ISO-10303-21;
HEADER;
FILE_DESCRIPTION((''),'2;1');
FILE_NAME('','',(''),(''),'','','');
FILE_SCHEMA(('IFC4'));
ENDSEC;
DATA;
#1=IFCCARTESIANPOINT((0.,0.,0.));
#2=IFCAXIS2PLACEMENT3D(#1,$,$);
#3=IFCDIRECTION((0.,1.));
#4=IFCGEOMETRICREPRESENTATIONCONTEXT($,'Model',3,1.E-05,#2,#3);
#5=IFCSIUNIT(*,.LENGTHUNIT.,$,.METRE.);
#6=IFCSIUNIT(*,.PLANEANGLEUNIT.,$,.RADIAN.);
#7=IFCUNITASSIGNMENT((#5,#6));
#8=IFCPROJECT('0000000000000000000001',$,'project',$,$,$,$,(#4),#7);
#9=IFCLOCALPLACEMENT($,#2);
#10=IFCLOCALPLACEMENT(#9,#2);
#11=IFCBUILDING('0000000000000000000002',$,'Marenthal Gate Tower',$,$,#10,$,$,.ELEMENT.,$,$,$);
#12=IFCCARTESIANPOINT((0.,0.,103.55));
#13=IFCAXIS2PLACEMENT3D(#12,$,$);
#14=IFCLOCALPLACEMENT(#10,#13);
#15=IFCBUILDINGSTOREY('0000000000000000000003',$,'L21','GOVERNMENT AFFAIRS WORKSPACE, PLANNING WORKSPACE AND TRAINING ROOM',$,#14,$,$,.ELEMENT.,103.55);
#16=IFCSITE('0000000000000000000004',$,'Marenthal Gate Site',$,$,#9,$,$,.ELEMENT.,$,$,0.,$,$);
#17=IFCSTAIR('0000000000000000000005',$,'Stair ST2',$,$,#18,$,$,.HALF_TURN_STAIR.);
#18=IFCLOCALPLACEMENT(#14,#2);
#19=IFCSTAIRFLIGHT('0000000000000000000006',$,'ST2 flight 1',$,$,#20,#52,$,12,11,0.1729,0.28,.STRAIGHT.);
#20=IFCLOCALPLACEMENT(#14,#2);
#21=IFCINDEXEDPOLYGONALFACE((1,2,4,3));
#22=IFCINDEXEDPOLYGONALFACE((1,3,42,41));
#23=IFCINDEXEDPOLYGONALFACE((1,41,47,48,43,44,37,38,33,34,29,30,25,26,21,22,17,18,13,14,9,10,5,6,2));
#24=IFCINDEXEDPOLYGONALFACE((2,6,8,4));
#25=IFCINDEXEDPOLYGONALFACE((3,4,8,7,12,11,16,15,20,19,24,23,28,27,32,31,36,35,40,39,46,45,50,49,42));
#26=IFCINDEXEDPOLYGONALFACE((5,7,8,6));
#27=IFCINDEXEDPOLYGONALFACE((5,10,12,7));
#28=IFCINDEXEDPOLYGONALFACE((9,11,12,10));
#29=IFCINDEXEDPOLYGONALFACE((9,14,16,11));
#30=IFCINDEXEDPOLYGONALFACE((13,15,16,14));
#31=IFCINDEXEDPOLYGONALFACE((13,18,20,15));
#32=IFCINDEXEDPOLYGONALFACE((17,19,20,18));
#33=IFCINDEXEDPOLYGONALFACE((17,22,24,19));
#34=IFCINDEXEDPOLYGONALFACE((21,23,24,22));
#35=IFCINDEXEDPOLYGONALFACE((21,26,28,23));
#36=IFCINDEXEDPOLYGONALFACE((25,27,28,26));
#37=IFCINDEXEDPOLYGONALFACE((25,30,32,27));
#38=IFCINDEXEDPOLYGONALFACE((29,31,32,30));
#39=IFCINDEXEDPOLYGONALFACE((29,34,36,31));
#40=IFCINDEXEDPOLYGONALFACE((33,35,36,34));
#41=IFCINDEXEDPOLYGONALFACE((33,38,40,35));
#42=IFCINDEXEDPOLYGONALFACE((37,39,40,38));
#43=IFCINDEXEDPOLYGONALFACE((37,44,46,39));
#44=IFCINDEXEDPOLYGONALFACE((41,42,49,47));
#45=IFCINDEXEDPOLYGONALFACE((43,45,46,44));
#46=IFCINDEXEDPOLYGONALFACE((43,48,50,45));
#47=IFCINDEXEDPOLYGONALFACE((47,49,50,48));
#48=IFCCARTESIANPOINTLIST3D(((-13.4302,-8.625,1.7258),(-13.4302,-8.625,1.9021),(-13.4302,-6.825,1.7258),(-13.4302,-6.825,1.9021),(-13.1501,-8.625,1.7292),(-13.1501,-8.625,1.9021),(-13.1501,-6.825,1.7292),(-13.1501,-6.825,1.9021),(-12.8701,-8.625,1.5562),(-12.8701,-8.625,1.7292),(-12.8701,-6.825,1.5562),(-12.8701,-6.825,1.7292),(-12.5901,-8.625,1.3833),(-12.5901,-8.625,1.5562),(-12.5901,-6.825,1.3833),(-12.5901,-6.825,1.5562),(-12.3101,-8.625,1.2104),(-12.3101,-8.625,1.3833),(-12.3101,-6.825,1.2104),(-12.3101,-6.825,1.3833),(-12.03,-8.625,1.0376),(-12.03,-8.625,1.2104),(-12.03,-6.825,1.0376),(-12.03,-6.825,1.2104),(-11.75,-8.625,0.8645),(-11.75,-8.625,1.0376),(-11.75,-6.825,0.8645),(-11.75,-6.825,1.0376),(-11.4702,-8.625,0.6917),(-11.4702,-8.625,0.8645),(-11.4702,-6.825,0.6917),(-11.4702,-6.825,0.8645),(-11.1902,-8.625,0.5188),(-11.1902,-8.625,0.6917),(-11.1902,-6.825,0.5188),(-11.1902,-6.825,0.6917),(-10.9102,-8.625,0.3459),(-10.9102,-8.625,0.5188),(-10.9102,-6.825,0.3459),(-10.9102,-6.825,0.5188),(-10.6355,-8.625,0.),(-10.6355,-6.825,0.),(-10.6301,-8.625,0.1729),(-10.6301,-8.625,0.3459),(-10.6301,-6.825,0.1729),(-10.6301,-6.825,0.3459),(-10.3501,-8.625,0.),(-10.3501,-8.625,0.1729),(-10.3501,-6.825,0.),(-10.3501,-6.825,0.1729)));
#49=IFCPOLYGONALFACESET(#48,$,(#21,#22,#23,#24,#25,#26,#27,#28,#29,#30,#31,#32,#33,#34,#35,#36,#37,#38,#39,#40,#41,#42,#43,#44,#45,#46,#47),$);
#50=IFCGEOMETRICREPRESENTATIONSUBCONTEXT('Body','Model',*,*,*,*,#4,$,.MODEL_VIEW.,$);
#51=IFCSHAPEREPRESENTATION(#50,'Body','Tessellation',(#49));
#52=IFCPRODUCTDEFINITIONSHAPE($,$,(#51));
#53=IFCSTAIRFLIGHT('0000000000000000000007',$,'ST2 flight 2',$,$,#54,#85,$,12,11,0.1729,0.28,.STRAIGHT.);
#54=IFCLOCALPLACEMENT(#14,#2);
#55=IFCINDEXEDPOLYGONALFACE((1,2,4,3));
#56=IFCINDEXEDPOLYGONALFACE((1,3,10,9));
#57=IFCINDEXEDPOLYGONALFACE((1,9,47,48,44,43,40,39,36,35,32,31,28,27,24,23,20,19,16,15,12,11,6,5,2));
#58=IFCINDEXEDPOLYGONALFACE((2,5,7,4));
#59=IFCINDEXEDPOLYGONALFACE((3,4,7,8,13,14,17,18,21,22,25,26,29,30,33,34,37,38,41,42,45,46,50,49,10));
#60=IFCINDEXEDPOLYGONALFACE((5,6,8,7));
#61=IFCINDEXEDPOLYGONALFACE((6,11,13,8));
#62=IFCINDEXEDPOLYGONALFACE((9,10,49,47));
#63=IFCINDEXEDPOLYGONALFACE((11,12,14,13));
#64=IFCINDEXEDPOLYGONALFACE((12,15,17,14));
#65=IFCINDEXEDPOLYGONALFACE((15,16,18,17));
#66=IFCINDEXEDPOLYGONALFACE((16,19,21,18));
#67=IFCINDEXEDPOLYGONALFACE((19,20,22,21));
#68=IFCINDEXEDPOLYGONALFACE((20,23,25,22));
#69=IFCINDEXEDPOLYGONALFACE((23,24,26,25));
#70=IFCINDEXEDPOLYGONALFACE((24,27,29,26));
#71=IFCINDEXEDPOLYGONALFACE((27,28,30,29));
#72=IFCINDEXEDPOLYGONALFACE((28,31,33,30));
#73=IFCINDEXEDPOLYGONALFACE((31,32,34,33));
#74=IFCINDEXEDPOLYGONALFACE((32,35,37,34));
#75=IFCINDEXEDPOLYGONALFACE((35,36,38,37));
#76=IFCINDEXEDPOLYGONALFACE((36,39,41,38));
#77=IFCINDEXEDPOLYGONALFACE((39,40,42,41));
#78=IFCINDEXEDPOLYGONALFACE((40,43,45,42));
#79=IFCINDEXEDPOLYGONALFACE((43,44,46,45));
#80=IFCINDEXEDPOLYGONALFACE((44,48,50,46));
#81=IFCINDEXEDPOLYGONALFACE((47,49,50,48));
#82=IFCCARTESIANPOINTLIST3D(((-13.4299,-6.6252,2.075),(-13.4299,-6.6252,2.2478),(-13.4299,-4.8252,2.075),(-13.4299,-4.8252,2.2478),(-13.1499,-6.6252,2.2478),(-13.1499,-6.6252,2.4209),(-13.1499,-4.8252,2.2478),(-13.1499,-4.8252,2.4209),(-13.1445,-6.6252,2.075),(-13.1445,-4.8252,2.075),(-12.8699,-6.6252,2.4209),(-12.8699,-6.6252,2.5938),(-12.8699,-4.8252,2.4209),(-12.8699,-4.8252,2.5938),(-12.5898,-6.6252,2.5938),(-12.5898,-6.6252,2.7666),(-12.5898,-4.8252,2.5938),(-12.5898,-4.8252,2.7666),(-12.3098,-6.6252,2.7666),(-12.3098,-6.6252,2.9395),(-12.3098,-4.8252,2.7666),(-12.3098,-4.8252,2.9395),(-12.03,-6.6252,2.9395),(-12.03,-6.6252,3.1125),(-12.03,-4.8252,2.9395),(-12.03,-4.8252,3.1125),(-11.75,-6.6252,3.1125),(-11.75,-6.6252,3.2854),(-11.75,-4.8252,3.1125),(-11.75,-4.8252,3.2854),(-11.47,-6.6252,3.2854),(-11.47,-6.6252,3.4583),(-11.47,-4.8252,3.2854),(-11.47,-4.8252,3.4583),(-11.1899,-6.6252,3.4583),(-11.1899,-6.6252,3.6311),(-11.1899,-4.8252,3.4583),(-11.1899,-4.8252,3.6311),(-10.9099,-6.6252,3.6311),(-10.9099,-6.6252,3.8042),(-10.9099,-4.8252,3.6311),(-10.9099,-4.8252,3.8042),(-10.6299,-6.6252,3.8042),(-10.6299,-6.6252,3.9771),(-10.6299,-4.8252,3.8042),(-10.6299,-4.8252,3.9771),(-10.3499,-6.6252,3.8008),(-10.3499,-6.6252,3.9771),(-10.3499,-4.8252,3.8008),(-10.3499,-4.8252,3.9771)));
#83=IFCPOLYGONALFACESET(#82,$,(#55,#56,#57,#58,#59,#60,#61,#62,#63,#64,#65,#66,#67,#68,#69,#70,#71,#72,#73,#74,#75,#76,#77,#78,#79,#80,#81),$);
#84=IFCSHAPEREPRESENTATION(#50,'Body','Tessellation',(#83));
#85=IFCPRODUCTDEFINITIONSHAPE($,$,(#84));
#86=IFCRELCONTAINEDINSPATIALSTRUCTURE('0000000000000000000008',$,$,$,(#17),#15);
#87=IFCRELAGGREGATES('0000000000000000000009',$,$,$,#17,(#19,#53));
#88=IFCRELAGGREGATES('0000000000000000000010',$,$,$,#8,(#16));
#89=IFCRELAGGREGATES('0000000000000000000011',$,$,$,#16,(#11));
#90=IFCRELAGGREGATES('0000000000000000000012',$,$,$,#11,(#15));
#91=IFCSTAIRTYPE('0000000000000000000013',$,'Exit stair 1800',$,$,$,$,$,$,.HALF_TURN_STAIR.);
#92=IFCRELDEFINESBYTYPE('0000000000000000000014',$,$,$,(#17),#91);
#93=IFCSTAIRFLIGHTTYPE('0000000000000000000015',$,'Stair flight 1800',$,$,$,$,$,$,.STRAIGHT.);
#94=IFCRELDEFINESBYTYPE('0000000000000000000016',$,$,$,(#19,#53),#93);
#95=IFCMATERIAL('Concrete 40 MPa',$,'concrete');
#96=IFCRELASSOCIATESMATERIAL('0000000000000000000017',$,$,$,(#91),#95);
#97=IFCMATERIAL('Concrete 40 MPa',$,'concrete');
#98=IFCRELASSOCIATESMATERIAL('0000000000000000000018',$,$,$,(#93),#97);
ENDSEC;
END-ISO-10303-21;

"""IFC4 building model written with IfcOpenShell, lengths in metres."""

from ifc_helpers import new_model, si_unit, direction, frame, origin, place, context, subcontext, project, spatial, polyline, outline, extrude, material, type_object, element, aggregate, save


model = new_model("IFC4")

# Units and contexts
model_context = context("Model", 3, precision=1e-05, world=origin(), true_north=direction((0.0, 1.0)))
body_context = subcontext(model_context, "Body", "Model", "MODEL_VIEW")
ifc_project = project(units=[si_unit("LENGTHUNIT", "METRE"), si_unit("PLANEANGLEUNIT", "RADIAN")], contexts=[model_context])

# Site, building, storey
site_placement = place(None, origin())
site = spatial("IfcSite", under=ifc_project, at=site_placement, Name="Marenthal Gate Site", CompositionType="ELEMENT", RefElevation=0.0)
building_placement = place(site_placement, origin())
building = spatial("IfcBuilding", under=site, at=building_placement, Name="Marenthal Gate Tower", CompositionType="ELEMENT")
storey_placement = place(building_placement, frame((0.0, 0.0, 103.55)))
storey = spatial("IfcBuildingStorey", under=building, at=storey_placement, Name="L21", Description="GOVERNMENT AFFAIRS WORKSPACE, PLANNING WORKSPACE AND TRAINING ROOM", CompositionType="ELEMENT", Elevation=103.55)

# Stair, stair flights
ifc_material_1 = material(Name="Concrete 40 MPa", Category="concrete")
stair_type = type_object("IfcStairType", Name="Exit stair 1800", PredefinedType="HALF_TURN_STAIR", material=ifc_material_1)
stair_placement = place(storey_placement, origin())
stair = element("IfcStair", 1, at=stair_placement, inside=storey, type_object=stair_type, Name="Stair ST2", PredefinedType="HALF_TURN_STAIR")
ifc_material_2 = material(Name="Concrete 40 MPa", Category="concrete")
stair_flight_type = type_object("IfcStairFlightType", Name="Stair flight 1800", PredefinedType="STRAIGHT", material=ifc_material_2)
stair_flight_1_placement = place(storey_placement, frame((-10.3501, -7.7251, 0.0), z_axis=(0.0, 0.0, 1.0), x_axis=(-1.0, 0.0, 0.0)))
stair_flight_1 = element("IfcStairFlight", 2, at=stair_flight_1_placement, type_object=stair_flight_type, Name="ST2 flight 1", NumberOfRisers=12, NumberOfTreads=11, PredefinedType="STRAIGHT", RiserHeight=0.1729, TreadLength=0.28, context=body_context, shape_type="SweptSolid", body=[
    extrude(outline(polyline([(0.0, 0.0), (0.0, 0.1729), (0.28, 0.1729), (0.28, 0.3459), (0.5601, 0.3459), (0.5601, 0.5188), (0.8401, 0.5188), (0.8401, 0.6917), (1.1201, 0.6917), (1.1201, 0.8645), (1.3999, 0.8645), (1.3999, 1.0376), (1.6799, 1.0376), (1.6799, 1.2104), (1.96, 1.2104), (1.96, 1.3833), (2.24, 1.3833), (2.24, 1.5562), (2.52, 1.5562), (2.52, 1.7292), (2.8, 1.7292), (2.8, 1.9021), (3.0801, 1.9021), (3.0801, 2.075), (3.0801, 1.7258), (0.2854, 0.0), (0.0, 0.0)])), frame((0.0, 0.8999, 0.0), z_axis=(0.0, -1.0, 0.0), x_axis=(1.0, 0.0, 0.0)), (0.0, 0.0, 1.0), 1.8),
])
stair_flight_2_placement = place(storey_placement, frame((-13.4299, -5.7251, 2.075), z_axis=(0.0, 0.0, 1.0), x_axis=(1.0, 0.0, 0.0)))
stair_flight_2 = element("IfcStairFlight", 3, at=stair_flight_2_placement, type_object=stair_flight_type, Name="ST2 flight 2", NumberOfRisers=12, NumberOfTreads=11, PredefinedType="STRAIGHT", RiserHeight=0.1729, TreadLength=0.28, context=body_context, shape_type="SweptSolid", body=[
    extrude(outline(polyline([(0.0, 0.0), (0.0, 0.1729), (0.28, 0.1729), (0.28, 0.3459), (0.5601, 0.3459), (0.5601, 0.5188), (0.8401, 0.5188), (0.8401, 0.6917), (1.1201, 0.6917), (1.1201, 0.8645), (1.3999, 0.8645), (1.3999, 1.0376), (1.6799, 1.0376), (1.6799, 1.2104), (1.96, 1.2104), (1.96, 1.3833), (2.24, 1.3833), (2.24, 1.5562), (2.52, 1.5562), (2.52, 1.7292), (2.8, 1.7292), (2.8, 1.9021), (3.0801, 1.9021), (3.0801, 2.075), (3.0801, 1.7258), (0.2854, 0.0), (0.0, 0.0)])), frame((0.0, 0.8999, 0.0), z_axis=(0.0, -1.0, 0.0), x_axis=(1.0, 0.0, 0.0)), (0.0, 0.0, 1.0), 1.8),
])
aggregate(stair, [stair_flight_1, stair_flight_2])

save(model, "model.ifc")
